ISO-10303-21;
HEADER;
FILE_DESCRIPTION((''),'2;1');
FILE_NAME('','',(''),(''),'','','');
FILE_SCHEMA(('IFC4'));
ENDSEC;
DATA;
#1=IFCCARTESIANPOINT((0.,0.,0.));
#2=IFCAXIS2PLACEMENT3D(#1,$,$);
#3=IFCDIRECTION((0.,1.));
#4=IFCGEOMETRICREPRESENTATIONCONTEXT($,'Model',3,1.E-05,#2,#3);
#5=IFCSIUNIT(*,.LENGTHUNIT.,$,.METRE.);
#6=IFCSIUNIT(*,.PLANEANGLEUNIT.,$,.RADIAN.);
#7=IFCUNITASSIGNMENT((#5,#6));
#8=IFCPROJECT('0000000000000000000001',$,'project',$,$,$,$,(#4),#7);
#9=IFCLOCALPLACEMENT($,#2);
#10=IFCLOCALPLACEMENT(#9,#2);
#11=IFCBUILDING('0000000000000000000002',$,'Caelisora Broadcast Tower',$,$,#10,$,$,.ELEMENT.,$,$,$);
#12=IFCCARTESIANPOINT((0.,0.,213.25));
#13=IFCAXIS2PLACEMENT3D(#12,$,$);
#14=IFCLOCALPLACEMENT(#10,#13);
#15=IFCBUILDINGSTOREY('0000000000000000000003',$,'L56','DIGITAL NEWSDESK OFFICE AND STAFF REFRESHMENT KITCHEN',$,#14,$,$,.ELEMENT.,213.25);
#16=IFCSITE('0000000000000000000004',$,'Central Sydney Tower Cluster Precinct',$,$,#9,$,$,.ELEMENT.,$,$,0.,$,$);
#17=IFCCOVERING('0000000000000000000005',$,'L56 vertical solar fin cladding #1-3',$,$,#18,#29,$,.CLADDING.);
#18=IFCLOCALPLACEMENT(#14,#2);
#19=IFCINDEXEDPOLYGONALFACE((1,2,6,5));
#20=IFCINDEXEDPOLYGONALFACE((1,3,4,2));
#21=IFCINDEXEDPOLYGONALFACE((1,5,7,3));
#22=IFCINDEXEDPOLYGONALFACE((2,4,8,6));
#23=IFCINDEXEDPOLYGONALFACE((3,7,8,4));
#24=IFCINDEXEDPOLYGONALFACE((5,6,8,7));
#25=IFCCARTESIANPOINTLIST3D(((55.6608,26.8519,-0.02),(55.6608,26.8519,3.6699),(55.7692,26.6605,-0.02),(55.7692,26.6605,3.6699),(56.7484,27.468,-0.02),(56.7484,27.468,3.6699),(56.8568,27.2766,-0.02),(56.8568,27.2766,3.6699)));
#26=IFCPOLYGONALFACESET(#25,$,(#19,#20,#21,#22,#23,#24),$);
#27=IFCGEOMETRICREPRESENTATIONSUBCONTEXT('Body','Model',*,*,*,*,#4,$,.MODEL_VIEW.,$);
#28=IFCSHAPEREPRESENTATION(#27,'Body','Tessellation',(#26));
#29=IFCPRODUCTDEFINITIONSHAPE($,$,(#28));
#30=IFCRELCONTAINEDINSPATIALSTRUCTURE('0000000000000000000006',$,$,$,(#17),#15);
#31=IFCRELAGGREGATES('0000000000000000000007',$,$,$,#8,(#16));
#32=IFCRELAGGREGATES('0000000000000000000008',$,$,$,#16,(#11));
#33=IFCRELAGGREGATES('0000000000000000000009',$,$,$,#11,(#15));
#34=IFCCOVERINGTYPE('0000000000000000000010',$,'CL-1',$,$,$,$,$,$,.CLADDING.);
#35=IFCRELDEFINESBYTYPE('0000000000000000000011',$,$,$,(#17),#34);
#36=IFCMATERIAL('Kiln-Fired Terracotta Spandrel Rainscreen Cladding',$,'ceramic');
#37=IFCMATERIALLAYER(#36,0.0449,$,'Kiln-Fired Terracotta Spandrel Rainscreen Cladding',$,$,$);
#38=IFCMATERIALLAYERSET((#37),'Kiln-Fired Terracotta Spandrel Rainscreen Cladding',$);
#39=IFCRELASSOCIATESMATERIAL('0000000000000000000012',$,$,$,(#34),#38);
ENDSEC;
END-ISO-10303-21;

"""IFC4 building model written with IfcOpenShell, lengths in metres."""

from ifc_helpers import new_model, si_unit, direction, frame, origin, origin_2d, place, context, subcontext, project, spatial, rectangle, extrude, source, transform, mapped, material, layer, layer_set, type_object, type_shapes, element, save


model = new_model("IFC4")

# Units and contexts
model_context = context("Model", 3, precision=1e-05, world=origin(), true_north=direction((0.0, 1.0)))
body_context = subcontext(model_context, "Body", "Model", "MODEL_VIEW")
ifc_project = project(units=[si_unit("LENGTHUNIT", "METRE"), si_unit("PLANEANGLEUNIT", "RADIAN")], contexts=[model_context])

# Site, building, storey
site_placement = place(None, origin())
site = spatial("IfcSite", under=ifc_project, at=site_placement, Name="Central Sydney Tower Cluster Precinct", CompositionType="ELEMENT", RefElevation=0.0)
building_placement = place(site_placement, origin())
building = spatial("IfcBuilding", under=site, at=building_placement, Name="Caelisora Broadcast Tower", CompositionType="ELEMENT")
storey_placement = place(building_placement, frame((0.0, 0.0, 213.25)))
storey = spatial("IfcBuildingStorey", under=building, at=storey_placement, Name="L56", Description="DIGITAL NEWSDESK OFFICE AND STAFF REFRESHMENT KITCHEN", CompositionType="ELEMENT", Elevation=213.25)

# Covering
ifc_material_1 = material(Name="Kiln-Fired Terracotta Spandrel Rainscreen Cladding", Category="ceramic")
ifc_layer_1 = layer(ifc_material_1, 0.0449, Name="Kiln-Fired Terracotta Spandrel Rainscreen Cladding")
ifc_layer_set_1 = layer_set([ifc_layer_1], Name="Kiln-Fired Terracotta Spandrel Rainscreen Cladding")
covering_type = type_object("IfcCoveringType", Name="CL-1", PredefinedType="CLADDING", material=ifc_layer_set_1)
shared_shape_1 = source(origin(), body_context, "Body", "SweptSolid", [
    extrude(rectangle(XDim=0.22, YDim=1.25, at=origin_2d()), origin(), (0.0, 0.0, 1.0), 3.6899),
])
type_shapes(covering_type, [shared_shape_1])
covering_placement = place(storey_placement, frame((56.2588, 27.0642, -0.02), z_axis=(0.0, 0.0, 1.0), x_axis=(0.492879, -0.870098, 0.0)))
element("IfcCovering", 1, at=covering_placement, inside=storey, type_object=covering_type, Name="L56 vertical solar fin cladding #1-3", PredefinedType="CLADDING", context=body_context, shape_type="MappedRepresentation", body=[
    mapped(shared_shape_1, transform((0.0, 0.0, 0.0), scale=1.0)),
])

save(model, "model.ifc")
